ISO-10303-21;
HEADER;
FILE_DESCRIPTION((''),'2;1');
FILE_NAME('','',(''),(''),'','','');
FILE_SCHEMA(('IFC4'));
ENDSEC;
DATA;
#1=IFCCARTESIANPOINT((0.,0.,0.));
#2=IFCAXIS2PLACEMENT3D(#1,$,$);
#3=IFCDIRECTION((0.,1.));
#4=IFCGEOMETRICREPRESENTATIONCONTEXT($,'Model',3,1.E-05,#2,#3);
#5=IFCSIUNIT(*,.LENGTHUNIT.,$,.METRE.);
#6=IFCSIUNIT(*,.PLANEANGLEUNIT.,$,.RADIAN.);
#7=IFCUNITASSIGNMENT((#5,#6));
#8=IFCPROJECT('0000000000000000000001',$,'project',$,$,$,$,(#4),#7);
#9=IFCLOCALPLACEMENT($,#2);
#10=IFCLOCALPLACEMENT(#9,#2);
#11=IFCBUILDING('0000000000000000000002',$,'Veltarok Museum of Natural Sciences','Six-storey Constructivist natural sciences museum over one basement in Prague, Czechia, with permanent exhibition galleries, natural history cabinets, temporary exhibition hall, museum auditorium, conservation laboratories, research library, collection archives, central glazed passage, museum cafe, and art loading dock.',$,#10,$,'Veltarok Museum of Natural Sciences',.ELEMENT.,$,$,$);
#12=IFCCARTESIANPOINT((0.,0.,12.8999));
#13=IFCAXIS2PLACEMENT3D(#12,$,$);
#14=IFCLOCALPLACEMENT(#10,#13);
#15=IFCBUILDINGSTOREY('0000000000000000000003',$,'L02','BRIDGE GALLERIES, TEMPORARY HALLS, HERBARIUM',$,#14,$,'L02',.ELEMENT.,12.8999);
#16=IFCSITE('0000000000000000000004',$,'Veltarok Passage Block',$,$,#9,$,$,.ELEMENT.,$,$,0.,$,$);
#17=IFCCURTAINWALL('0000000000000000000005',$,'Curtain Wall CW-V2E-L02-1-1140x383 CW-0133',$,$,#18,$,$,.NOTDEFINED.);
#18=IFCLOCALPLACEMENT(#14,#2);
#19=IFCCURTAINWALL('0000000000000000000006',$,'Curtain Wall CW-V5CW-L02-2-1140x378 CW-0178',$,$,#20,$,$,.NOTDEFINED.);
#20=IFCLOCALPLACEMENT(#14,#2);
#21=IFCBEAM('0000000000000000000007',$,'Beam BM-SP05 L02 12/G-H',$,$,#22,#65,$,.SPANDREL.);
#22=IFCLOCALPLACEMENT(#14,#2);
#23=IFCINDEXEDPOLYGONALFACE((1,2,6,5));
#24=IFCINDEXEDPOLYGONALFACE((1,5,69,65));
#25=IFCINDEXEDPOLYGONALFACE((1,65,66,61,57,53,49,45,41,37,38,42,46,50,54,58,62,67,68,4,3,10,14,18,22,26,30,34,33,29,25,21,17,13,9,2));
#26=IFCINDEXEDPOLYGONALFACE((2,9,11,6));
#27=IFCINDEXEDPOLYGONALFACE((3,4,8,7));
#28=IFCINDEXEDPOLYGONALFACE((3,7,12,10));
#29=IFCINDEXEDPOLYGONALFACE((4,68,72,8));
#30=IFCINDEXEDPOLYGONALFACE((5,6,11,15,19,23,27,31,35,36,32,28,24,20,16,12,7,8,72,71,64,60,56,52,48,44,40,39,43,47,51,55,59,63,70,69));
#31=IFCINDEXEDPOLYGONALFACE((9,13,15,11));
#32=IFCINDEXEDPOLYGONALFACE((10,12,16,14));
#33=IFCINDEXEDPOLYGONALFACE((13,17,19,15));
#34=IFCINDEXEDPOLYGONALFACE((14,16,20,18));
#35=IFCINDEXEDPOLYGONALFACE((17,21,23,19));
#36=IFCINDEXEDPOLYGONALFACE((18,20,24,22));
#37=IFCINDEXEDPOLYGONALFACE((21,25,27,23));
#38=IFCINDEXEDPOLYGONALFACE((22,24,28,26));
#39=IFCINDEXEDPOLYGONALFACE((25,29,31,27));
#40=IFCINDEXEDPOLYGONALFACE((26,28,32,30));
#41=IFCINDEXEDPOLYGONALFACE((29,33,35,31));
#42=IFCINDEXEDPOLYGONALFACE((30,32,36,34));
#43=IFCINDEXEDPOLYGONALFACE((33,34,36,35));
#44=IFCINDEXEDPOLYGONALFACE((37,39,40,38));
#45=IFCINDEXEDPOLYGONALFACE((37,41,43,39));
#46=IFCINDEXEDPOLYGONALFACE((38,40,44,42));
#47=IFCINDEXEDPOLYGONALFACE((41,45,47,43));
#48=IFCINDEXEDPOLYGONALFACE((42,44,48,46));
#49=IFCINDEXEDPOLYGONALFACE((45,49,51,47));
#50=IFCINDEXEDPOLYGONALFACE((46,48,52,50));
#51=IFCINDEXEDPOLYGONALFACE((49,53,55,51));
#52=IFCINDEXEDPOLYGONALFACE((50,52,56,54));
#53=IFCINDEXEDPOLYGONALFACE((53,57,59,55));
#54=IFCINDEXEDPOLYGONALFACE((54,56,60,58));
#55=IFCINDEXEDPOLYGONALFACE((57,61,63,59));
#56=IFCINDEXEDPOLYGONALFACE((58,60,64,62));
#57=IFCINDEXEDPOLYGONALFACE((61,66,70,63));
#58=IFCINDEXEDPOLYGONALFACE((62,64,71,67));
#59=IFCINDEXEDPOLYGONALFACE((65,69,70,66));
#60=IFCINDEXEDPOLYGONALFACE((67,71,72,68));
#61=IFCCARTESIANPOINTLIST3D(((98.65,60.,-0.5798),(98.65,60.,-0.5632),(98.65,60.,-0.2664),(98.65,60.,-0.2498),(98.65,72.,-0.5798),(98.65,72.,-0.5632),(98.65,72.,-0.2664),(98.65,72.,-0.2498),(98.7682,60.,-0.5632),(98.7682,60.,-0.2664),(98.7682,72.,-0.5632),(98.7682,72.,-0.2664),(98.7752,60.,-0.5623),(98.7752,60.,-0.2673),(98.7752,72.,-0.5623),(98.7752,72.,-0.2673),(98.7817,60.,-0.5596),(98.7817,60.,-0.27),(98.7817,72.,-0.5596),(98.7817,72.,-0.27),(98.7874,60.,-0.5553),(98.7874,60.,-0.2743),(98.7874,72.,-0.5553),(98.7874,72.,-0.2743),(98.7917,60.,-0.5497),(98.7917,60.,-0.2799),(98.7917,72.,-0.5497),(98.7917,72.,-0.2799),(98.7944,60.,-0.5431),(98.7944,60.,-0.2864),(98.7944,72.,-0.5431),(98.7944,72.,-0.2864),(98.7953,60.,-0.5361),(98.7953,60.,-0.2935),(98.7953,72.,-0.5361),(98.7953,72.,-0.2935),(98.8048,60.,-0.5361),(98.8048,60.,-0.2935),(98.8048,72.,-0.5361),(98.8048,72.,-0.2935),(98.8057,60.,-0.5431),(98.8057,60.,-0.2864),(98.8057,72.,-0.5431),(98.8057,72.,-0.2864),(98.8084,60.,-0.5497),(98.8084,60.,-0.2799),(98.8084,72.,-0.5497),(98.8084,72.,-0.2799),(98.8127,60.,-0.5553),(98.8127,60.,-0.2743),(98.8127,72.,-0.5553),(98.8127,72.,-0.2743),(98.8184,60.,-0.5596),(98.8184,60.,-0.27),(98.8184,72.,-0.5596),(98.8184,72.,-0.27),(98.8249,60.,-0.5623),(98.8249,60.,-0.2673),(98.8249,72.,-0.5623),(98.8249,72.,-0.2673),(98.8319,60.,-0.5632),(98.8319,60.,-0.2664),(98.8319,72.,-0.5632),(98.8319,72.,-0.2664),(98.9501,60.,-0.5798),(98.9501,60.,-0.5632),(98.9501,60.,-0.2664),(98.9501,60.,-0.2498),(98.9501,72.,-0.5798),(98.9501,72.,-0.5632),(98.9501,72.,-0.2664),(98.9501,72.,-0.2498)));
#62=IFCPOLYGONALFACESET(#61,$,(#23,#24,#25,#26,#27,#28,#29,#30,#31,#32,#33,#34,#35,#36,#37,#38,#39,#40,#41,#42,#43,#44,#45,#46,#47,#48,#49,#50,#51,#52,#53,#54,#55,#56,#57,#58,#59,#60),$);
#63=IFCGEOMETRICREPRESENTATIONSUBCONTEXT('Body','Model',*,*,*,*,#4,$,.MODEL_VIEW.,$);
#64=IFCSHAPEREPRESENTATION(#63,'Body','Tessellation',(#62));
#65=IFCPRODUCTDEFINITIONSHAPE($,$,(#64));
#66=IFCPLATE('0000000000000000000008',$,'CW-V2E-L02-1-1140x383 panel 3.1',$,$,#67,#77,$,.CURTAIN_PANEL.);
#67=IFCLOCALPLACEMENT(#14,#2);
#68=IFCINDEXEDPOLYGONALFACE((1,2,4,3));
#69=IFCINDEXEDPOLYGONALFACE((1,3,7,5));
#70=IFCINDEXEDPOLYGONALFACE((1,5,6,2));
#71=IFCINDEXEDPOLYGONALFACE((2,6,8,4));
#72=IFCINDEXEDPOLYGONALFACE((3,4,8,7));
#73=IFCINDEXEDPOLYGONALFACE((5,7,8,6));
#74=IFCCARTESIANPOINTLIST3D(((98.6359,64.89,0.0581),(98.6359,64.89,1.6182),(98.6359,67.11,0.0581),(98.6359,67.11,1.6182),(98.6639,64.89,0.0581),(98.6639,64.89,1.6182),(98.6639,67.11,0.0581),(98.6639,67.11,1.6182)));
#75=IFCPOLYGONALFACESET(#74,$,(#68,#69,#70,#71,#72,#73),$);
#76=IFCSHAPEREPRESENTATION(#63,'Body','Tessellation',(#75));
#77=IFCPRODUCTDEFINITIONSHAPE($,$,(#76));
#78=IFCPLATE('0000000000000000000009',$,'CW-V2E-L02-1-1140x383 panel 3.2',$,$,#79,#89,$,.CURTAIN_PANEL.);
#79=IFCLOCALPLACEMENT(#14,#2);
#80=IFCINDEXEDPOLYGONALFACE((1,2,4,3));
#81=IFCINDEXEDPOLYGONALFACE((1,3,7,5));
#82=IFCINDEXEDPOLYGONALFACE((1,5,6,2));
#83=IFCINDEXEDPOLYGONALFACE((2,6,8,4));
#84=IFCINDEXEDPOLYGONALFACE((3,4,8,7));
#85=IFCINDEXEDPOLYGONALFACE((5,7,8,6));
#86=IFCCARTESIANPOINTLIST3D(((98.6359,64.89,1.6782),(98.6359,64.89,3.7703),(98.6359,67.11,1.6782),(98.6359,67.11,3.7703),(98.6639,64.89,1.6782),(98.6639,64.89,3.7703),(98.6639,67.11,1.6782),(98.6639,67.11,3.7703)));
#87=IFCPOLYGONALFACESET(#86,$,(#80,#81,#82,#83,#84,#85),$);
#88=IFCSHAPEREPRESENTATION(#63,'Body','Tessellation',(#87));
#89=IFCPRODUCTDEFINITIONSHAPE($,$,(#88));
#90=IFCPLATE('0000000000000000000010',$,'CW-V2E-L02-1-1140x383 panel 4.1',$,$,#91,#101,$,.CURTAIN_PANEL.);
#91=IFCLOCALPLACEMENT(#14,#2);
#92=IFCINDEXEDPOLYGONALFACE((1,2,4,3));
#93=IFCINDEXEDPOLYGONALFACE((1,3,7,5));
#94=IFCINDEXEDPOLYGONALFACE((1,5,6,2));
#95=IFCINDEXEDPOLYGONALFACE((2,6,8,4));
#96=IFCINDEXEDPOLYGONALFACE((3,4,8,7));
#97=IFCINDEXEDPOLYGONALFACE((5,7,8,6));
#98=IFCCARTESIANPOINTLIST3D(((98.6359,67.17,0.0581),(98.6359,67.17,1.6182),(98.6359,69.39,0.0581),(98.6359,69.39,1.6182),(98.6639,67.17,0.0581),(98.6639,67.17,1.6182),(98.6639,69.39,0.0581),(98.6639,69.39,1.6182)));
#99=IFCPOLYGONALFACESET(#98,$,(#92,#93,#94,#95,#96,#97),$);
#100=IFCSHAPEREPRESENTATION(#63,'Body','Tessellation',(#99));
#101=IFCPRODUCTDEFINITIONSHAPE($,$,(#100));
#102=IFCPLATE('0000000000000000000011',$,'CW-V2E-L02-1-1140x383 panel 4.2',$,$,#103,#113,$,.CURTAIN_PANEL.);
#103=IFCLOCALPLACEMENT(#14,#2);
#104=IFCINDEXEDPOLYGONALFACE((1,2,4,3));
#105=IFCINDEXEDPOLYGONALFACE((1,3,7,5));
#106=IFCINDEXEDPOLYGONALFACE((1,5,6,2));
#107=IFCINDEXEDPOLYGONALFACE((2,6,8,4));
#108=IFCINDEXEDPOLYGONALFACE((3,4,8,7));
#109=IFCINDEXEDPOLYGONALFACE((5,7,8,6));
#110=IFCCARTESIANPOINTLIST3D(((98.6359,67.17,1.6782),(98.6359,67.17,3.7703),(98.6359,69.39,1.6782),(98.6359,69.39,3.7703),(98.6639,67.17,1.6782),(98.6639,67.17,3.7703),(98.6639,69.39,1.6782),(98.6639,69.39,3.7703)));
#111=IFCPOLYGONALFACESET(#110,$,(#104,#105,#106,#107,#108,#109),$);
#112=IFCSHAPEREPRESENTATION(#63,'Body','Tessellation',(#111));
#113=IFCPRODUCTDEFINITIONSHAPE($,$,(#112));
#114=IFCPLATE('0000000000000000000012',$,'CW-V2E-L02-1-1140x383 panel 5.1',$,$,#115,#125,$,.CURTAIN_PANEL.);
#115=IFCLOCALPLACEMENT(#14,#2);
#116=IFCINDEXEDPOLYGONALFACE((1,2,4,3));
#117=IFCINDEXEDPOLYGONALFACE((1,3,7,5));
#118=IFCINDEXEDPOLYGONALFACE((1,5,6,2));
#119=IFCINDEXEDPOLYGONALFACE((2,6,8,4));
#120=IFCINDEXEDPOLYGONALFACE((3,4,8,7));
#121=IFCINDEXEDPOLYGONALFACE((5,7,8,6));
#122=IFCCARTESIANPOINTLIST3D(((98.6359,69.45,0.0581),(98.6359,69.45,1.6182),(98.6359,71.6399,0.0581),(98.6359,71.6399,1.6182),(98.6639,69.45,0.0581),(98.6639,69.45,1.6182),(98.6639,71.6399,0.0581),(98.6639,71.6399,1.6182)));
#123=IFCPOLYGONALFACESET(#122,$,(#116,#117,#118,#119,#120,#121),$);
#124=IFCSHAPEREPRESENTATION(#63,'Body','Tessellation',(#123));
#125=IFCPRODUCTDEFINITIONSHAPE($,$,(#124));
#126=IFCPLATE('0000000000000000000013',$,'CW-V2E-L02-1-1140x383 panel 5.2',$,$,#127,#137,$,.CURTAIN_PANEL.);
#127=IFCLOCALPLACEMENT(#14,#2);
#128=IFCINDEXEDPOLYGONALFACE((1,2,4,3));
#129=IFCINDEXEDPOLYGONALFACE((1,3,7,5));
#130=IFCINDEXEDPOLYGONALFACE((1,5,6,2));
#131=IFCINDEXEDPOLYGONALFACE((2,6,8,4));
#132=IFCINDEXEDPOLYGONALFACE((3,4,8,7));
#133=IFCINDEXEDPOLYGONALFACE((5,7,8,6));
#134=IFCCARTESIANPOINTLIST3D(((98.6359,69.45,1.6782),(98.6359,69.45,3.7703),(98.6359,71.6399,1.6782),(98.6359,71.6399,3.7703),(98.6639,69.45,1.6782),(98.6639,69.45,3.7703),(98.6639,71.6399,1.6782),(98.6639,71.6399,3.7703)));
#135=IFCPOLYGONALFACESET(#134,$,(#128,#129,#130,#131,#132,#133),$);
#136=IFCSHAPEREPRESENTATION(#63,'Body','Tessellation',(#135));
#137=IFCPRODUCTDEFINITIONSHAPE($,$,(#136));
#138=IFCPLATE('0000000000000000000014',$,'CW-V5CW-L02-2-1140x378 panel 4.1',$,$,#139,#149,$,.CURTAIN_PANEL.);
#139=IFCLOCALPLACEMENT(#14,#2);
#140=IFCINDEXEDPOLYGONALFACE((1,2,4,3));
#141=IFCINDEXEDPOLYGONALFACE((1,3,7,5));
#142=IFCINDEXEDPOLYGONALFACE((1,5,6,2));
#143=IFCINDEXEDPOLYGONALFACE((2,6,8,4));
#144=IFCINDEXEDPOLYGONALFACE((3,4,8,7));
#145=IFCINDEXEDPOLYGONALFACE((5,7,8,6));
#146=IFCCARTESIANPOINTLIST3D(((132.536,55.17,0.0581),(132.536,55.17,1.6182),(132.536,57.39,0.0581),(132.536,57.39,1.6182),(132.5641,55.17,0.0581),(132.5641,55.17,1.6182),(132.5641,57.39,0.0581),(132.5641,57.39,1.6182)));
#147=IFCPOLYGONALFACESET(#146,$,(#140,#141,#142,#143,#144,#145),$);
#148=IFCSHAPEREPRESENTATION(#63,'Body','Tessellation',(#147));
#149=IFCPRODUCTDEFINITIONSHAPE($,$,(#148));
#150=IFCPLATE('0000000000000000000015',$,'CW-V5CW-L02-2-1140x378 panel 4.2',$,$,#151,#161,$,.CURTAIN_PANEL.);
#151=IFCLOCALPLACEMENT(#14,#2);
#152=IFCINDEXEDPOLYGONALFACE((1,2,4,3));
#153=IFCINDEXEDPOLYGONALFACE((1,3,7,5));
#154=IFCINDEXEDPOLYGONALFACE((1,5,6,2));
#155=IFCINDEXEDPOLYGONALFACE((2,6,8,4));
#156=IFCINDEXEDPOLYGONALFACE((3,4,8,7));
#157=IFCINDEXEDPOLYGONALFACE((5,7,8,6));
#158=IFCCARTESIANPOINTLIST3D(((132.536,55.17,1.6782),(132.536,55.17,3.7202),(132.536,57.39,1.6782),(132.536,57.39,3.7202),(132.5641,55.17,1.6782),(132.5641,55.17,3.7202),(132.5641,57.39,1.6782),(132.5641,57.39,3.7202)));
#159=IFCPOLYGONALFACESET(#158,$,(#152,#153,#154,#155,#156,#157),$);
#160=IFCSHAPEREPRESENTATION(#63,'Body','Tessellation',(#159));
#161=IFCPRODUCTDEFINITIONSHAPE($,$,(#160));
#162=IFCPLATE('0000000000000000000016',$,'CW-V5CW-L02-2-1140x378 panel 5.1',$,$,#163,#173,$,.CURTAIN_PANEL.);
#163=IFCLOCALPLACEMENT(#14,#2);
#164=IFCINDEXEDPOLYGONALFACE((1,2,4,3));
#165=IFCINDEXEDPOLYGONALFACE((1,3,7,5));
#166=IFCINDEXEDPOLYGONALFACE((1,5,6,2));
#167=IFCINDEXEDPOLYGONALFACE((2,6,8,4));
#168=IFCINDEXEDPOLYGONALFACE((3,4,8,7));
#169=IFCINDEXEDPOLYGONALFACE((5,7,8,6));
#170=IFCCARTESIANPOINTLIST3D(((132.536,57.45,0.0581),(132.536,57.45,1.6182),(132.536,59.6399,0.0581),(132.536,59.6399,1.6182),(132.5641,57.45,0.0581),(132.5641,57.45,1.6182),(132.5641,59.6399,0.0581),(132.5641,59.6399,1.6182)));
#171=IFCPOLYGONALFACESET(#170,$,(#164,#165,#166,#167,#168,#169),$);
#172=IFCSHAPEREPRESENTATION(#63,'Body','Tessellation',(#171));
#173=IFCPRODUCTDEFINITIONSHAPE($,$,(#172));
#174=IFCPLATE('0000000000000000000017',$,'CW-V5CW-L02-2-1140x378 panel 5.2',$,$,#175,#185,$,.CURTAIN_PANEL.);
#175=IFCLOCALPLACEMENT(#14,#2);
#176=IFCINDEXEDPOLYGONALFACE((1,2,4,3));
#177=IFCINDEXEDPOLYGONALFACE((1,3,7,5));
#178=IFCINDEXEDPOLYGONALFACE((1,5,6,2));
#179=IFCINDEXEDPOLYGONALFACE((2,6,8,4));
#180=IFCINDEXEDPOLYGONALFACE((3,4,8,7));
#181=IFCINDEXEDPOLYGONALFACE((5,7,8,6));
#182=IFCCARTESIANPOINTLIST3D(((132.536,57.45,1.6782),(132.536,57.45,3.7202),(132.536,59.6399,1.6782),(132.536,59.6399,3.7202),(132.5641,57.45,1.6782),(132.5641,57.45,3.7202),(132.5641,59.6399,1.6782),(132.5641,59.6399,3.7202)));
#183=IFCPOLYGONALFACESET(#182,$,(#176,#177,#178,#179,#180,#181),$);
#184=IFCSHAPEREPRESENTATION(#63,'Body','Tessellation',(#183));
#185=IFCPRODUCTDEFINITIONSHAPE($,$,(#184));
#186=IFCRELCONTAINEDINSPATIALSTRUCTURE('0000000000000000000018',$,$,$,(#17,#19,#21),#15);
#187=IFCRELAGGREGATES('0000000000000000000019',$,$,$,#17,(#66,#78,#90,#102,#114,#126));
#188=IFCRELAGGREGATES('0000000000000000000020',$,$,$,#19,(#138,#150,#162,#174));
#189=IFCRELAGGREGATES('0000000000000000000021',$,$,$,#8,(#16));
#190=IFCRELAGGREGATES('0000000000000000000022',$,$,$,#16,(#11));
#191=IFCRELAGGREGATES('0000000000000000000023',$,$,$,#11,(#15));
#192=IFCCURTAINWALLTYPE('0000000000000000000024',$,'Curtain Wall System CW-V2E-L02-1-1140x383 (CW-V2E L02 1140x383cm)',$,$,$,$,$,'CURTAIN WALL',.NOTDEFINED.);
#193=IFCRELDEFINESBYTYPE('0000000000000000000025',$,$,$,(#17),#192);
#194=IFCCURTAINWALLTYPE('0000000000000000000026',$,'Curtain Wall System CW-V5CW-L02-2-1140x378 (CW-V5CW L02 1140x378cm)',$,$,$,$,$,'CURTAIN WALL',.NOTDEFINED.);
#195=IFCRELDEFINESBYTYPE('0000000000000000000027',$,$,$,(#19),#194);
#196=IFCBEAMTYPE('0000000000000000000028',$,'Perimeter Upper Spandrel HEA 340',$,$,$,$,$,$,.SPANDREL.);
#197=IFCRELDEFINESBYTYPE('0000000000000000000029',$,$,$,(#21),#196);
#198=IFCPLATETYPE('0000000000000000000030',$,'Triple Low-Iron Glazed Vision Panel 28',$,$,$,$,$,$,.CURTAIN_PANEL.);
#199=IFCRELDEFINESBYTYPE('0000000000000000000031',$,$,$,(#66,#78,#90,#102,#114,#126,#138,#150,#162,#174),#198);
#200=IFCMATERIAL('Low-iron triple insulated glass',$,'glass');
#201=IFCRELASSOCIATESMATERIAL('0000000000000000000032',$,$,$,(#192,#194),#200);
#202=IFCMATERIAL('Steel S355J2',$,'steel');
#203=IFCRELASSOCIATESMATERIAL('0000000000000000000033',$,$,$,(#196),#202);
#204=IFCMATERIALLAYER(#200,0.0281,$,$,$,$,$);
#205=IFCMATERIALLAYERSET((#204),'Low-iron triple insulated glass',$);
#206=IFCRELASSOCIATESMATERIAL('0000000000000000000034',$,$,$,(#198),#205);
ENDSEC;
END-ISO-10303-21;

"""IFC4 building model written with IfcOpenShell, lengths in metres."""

from ifc_helpers import new_model, si_unit, direction, frame, origin, origin_2d, place, context, subcontext, project, spatial, rectangle, i_section, extrude, material, layer, layer_set, material_profile, profile_set, type_object, element, aggregate, save


model = new_model("IFC4")

# Units and contexts
model_context = context("Model", 3, precision=1e-05, world=origin(), true_north=direction((0.0, 1.0)))
body_context = subcontext(model_context, "Body", "Model", "MODEL_VIEW")
ifc_project = project(units=[si_unit("LENGTHUNIT", "METRE"), si_unit("PLANEANGLEUNIT", "RADIAN")], contexts=[model_context])

# Site, building, storey
site_placement = place(None, origin())
site = spatial("IfcSite", under=ifc_project, at=site_placement, Name="Veltarok Passage Block", CompositionType="ELEMENT", RefElevation=0.0)
building_placement = place(site_placement, origin())
building = spatial("IfcBuilding", under=site, at=building_placement, Name="Veltarok Museum of Natural Sciences", Description="Six-storey Constructivist natural sciences museum over one basement in Prague, Czechia, with permanent exhibition galleries, natural history cabinets, temporary exhibition hall, museum auditorium, conservation laboratories, research library, collection archives, central glazed passage, museum cafe, and art loading dock.", LongName="Veltarok Museum of Natural Sciences", CompositionType="ELEMENT")
storey_placement = place(building_placement, frame((0.0, 0.0, 12.8999)))
storey = spatial("IfcBuildingStorey", under=building, at=storey_placement, Name="L02", Description="BRIDGE GALLERIES, TEMPORARY HALLS, HERBARIUM", LongName="L02", CompositionType="ELEMENT", Elevation=12.8999)

# Shared definitions
ifc_material_1 = material(Name="Steel S355J2", Category="steel")

# Curtain walls
ifc_material_2 = material(Name="Low-iron triple insulated glass", Category="glass")
curtain_wall_type_1 = type_object("IfcCurtainWallType", Name="Curtain Wall System CW-V2E-L02-1-1140x383 (CW-V2E L02 1140x383cm)", ElementType="CURTAIN WALL", PredefinedType="NOTDEFINED", material=ifc_material_2)
curtain_wall_1_placement = place(storey_placement, origin())
curtain_wall_1 = element("IfcCurtainWall", 1, at=curtain_wall_1_placement, inside=storey, type_object=curtain_wall_type_1, Name="Curtain Wall CW-V2E-L02-1-1140x383 CW-0133", PredefinedType="NOTDEFINED")
curtain_wall_type_2 = type_object("IfcCurtainWallType", Name="Curtain Wall System CW-V5CW-L02-2-1140x378 (CW-V5CW L02 1140x378cm)", ElementType="CURTAIN WALL", PredefinedType="NOTDEFINED", material=ifc_material_2)
curtain_wall_2_placement = place(storey_placement, origin())
curtain_wall_2 = element("IfcCurtainWall", 2, at=curtain_wall_2_placement, inside=storey, type_object=curtain_wall_type_2, Name="Curtain Wall CW-V5CW-L02-2-1140x378 CW-0178", PredefinedType="NOTDEFINED")

# Beam
ifc_material_profile_1 = material_profile(ifc_material_1, i_section(OverallWidth=0.3, OverallDepth=0.3301, WebThickness=0.0095, FlangeThickness=0.0166, FilletRadius=0.0271, at=origin_2d()), Name="HEA 340")
ifc_profile_set_1 = profile_set([ifc_material_profile_1], Name="Steel S355J2")
beam_type_1 = type_object("IfcBeamType", Name="Perimeter Upper Spandrel HEA 340", PredefinedType="SPANDREL", material=ifc_profile_set_1)
beam_1_placement = place(storey_placement, frame((98.8, 60.0, -0.4148), z_axis=(0.0, 1.0, 0.0), x_axis=(-1.0, 0.0, 0.0)))
element("IfcBeam", 3, at=beam_1_placement, inside=storey, type_object=beam_type_1, Name="Beam BM-SP05 L02 12/G-H", PredefinedType="SPANDREL", context=body_context, shape_type="SweptSolid", body=[
    extrude(i_section(OverallWidth=0.3, OverallDepth=0.3301, WebThickness=0.0095, FlangeThickness=0.0166, FilletRadius=0.0271, at=origin_2d()), origin(), (0.0, 0.0, 1.0), 12.0),
])

# Plates
ifc_layer = layer(ifc_material_2, 0.0281)
ifc_layer_set = layer_set([ifc_layer], Name="Low-iron triple insulated glass")
plate_type = type_object("IfcPlateType", Name="Triple Low-Iron Glazed Vision Panel 28", PredefinedType="CURTAIN_PANEL", material=ifc_layer_set)
plate_1_placement = place(storey_placement, frame((98.6499, 66.0, 0.0581), z_axis=(0.0, 0.0, 1.0), x_axis=(0.0, 1.0, 0.0)))
plate_1 = element("IfcPlate", 4, at=plate_1_placement, type_object=plate_type, Name="CW-V2E-L02-1-1140x383 panel 3.1", PredefinedType="CURTAIN_PANEL", context=body_context, shape_type="SweptSolid", body=[
    extrude(rectangle(XDim=2.22, YDim=0.0281, at=origin_2d()), origin(), (0.0, 0.0, 1.0), 1.5601),
])
plate_2_placement = place(storey_placement, frame((98.6499, 66.0, 1.6782), z_axis=(0.0, 0.0, 1.0), x_axis=(0.0, 1.0, 0.0)))
plate_2 = element("IfcPlate", 5, at=plate_2_placement, type_object=plate_type, Name="CW-V2E-L02-1-1140x383 panel 3.2", PredefinedType="CURTAIN_PANEL", context=body_context, shape_type="SweptSolid", body=[
    extrude(rectangle(XDim=2.22, YDim=0.0281, at=origin_2d()), origin(), (0.0, 0.0, 1.0), 2.092),
])
plate_3_placement = place(storey_placement, frame((98.6499, 68.28, 0.0581), z_axis=(0.0, 0.0, 1.0), x_axis=(0.0, 1.0, 0.0)))
plate_3 = element("IfcPlate", 6, at=plate_3_placement, type_object=plate_type, Name="CW-V2E-L02-1-1140x383 panel 4.1", PredefinedType="CURTAIN_PANEL", context=body_context, shape_type="SweptSolid", body=[
    extrude(rectangle(XDim=2.22, YDim=0.0281, at=origin_2d()), origin(), (0.0, 0.0, 1.0), 1.5601),
])
plate_4_placement = place(storey_placement, frame((98.6499, 68.28, 1.6782), z_axis=(0.0, 0.0, 1.0), x_axis=(0.0, 1.0, 0.0)))
plate_4 = element("IfcPlate", 7, at=plate_4_placement, type_object=plate_type, Name="CW-V2E-L02-1-1140x383 panel 4.2", PredefinedType="CURTAIN_PANEL", context=body_context, shape_type="SweptSolid", body=[
    extrude(rectangle(XDim=2.22, YDim=0.0281, at=origin_2d()), origin(), (0.0, 0.0, 1.0), 2.092),
])
plate_5_placement = place(storey_placement, frame((98.6499, 70.5449, 0.0581), z_axis=(0.0, 0.0, 1.0), x_axis=(0.0, 1.0, 0.0)))
plate_5 = element("IfcPlate", 8, at=plate_5_placement, type_object=plate_type, Name="CW-V2E-L02-1-1140x383 panel 5.1", PredefinedType="CURTAIN_PANEL", context=body_context, shape_type="SweptSolid", body=[
    extrude(rectangle(XDim=2.1899, YDim=0.0281, at=origin_2d()), origin(), (0.0, 0.0, 1.0), 1.5601),
])
plate_6_placement = place(storey_placement, frame((98.6499, 70.5449, 1.6782), z_axis=(0.0, 0.0, 1.0), x_axis=(0.0, 1.0, 0.0)))
plate_6 = element("IfcPlate", 9, at=plate_6_placement, type_object=plate_type, Name="CW-V2E-L02-1-1140x383 panel 5.2", PredefinedType="CURTAIN_PANEL", context=body_context, shape_type="SweptSolid", body=[
    extrude(rectangle(XDim=2.1899, YDim=0.0281, at=origin_2d()), origin(), (0.0, 0.0, 1.0), 2.092),
])
aggregate(curtain_wall_1, [plate_1, plate_2, plate_3, plate_4, plate_5, plate_6])
plate_7_placement = place(storey_placement, frame((132.55, 56.28, 0.0581), z_axis=(0.0, 0.0, 1.0), x_axis=(0.0, 1.0, 0.0)))
plate_7 = element("IfcPlate", 10, at=plate_7_placement, type_object=plate_type, Name="CW-V5CW-L02-2-1140x378 panel 4.1", PredefinedType="CURTAIN_PANEL", context=body_context, shape_type="SweptSolid", body=[
    extrude(rectangle(XDim=2.22, YDim=0.0281, at=origin_2d()), origin(), (0.0, 0.0, 1.0), 1.5601),
])
plate_8_placement = place(storey_placement, frame((132.55, 56.28, 1.6782), z_axis=(0.0, 0.0, 1.0), x_axis=(0.0, 1.0, 0.0)))
plate_8 = element("IfcPlate", 11, at=plate_8_placement, type_object=plate_type, Name="CW-V5CW-L02-2-1140x378 panel 4.2", PredefinedType="CURTAIN_PANEL", context=body_context, shape_type="SweptSolid", body=[
    extrude(rectangle(XDim=2.22, YDim=0.0281, at=origin_2d()), origin(), (0.0, 0.0, 1.0), 2.042),
])
plate_9_placement = place(storey_placement, frame((132.55, 58.5449, 0.0581), z_axis=(0.0, 0.0, 1.0), x_axis=(0.0, 1.0, 0.0)))
plate_9 = element("IfcPlate", 12, at=plate_9_placement, type_object=plate_type, Name="CW-V5CW-L02-2-1140x378 panel 5.1", PredefinedType="CURTAIN_PANEL", context=body_context, shape_type="SweptSolid", body=[
    extrude(rectangle(XDim=2.1899, YDim=0.0281, at=origin_2d()), origin(), (0.0, 0.0, 1.0), 1.5601),
])
plate_10_placement = place(storey_placement, frame((132.55, 58.5449, 1.6782), z_axis=(0.0, 0.0, 1.0), x_axis=(0.0, 1.0, 0.0)))
plate_10 = element("IfcPlate", 13, at=plate_10_placement, type_object=plate_type, Name="CW-V5CW-L02-2-1140x378 panel 5.2", PredefinedType="CURTAIN_PANEL", context=body_context, shape_type="SweptSolid", body=[
    extrude(rectangle(XDim=2.1899, YDim=0.0281, at=origin_2d()), origin(), (0.0, 0.0, 1.0), 2.042),
])
aggregate(curtain_wall_2, [plate_7, plate_8, plate_9, plate_10])

save(model, "model.ifc")
